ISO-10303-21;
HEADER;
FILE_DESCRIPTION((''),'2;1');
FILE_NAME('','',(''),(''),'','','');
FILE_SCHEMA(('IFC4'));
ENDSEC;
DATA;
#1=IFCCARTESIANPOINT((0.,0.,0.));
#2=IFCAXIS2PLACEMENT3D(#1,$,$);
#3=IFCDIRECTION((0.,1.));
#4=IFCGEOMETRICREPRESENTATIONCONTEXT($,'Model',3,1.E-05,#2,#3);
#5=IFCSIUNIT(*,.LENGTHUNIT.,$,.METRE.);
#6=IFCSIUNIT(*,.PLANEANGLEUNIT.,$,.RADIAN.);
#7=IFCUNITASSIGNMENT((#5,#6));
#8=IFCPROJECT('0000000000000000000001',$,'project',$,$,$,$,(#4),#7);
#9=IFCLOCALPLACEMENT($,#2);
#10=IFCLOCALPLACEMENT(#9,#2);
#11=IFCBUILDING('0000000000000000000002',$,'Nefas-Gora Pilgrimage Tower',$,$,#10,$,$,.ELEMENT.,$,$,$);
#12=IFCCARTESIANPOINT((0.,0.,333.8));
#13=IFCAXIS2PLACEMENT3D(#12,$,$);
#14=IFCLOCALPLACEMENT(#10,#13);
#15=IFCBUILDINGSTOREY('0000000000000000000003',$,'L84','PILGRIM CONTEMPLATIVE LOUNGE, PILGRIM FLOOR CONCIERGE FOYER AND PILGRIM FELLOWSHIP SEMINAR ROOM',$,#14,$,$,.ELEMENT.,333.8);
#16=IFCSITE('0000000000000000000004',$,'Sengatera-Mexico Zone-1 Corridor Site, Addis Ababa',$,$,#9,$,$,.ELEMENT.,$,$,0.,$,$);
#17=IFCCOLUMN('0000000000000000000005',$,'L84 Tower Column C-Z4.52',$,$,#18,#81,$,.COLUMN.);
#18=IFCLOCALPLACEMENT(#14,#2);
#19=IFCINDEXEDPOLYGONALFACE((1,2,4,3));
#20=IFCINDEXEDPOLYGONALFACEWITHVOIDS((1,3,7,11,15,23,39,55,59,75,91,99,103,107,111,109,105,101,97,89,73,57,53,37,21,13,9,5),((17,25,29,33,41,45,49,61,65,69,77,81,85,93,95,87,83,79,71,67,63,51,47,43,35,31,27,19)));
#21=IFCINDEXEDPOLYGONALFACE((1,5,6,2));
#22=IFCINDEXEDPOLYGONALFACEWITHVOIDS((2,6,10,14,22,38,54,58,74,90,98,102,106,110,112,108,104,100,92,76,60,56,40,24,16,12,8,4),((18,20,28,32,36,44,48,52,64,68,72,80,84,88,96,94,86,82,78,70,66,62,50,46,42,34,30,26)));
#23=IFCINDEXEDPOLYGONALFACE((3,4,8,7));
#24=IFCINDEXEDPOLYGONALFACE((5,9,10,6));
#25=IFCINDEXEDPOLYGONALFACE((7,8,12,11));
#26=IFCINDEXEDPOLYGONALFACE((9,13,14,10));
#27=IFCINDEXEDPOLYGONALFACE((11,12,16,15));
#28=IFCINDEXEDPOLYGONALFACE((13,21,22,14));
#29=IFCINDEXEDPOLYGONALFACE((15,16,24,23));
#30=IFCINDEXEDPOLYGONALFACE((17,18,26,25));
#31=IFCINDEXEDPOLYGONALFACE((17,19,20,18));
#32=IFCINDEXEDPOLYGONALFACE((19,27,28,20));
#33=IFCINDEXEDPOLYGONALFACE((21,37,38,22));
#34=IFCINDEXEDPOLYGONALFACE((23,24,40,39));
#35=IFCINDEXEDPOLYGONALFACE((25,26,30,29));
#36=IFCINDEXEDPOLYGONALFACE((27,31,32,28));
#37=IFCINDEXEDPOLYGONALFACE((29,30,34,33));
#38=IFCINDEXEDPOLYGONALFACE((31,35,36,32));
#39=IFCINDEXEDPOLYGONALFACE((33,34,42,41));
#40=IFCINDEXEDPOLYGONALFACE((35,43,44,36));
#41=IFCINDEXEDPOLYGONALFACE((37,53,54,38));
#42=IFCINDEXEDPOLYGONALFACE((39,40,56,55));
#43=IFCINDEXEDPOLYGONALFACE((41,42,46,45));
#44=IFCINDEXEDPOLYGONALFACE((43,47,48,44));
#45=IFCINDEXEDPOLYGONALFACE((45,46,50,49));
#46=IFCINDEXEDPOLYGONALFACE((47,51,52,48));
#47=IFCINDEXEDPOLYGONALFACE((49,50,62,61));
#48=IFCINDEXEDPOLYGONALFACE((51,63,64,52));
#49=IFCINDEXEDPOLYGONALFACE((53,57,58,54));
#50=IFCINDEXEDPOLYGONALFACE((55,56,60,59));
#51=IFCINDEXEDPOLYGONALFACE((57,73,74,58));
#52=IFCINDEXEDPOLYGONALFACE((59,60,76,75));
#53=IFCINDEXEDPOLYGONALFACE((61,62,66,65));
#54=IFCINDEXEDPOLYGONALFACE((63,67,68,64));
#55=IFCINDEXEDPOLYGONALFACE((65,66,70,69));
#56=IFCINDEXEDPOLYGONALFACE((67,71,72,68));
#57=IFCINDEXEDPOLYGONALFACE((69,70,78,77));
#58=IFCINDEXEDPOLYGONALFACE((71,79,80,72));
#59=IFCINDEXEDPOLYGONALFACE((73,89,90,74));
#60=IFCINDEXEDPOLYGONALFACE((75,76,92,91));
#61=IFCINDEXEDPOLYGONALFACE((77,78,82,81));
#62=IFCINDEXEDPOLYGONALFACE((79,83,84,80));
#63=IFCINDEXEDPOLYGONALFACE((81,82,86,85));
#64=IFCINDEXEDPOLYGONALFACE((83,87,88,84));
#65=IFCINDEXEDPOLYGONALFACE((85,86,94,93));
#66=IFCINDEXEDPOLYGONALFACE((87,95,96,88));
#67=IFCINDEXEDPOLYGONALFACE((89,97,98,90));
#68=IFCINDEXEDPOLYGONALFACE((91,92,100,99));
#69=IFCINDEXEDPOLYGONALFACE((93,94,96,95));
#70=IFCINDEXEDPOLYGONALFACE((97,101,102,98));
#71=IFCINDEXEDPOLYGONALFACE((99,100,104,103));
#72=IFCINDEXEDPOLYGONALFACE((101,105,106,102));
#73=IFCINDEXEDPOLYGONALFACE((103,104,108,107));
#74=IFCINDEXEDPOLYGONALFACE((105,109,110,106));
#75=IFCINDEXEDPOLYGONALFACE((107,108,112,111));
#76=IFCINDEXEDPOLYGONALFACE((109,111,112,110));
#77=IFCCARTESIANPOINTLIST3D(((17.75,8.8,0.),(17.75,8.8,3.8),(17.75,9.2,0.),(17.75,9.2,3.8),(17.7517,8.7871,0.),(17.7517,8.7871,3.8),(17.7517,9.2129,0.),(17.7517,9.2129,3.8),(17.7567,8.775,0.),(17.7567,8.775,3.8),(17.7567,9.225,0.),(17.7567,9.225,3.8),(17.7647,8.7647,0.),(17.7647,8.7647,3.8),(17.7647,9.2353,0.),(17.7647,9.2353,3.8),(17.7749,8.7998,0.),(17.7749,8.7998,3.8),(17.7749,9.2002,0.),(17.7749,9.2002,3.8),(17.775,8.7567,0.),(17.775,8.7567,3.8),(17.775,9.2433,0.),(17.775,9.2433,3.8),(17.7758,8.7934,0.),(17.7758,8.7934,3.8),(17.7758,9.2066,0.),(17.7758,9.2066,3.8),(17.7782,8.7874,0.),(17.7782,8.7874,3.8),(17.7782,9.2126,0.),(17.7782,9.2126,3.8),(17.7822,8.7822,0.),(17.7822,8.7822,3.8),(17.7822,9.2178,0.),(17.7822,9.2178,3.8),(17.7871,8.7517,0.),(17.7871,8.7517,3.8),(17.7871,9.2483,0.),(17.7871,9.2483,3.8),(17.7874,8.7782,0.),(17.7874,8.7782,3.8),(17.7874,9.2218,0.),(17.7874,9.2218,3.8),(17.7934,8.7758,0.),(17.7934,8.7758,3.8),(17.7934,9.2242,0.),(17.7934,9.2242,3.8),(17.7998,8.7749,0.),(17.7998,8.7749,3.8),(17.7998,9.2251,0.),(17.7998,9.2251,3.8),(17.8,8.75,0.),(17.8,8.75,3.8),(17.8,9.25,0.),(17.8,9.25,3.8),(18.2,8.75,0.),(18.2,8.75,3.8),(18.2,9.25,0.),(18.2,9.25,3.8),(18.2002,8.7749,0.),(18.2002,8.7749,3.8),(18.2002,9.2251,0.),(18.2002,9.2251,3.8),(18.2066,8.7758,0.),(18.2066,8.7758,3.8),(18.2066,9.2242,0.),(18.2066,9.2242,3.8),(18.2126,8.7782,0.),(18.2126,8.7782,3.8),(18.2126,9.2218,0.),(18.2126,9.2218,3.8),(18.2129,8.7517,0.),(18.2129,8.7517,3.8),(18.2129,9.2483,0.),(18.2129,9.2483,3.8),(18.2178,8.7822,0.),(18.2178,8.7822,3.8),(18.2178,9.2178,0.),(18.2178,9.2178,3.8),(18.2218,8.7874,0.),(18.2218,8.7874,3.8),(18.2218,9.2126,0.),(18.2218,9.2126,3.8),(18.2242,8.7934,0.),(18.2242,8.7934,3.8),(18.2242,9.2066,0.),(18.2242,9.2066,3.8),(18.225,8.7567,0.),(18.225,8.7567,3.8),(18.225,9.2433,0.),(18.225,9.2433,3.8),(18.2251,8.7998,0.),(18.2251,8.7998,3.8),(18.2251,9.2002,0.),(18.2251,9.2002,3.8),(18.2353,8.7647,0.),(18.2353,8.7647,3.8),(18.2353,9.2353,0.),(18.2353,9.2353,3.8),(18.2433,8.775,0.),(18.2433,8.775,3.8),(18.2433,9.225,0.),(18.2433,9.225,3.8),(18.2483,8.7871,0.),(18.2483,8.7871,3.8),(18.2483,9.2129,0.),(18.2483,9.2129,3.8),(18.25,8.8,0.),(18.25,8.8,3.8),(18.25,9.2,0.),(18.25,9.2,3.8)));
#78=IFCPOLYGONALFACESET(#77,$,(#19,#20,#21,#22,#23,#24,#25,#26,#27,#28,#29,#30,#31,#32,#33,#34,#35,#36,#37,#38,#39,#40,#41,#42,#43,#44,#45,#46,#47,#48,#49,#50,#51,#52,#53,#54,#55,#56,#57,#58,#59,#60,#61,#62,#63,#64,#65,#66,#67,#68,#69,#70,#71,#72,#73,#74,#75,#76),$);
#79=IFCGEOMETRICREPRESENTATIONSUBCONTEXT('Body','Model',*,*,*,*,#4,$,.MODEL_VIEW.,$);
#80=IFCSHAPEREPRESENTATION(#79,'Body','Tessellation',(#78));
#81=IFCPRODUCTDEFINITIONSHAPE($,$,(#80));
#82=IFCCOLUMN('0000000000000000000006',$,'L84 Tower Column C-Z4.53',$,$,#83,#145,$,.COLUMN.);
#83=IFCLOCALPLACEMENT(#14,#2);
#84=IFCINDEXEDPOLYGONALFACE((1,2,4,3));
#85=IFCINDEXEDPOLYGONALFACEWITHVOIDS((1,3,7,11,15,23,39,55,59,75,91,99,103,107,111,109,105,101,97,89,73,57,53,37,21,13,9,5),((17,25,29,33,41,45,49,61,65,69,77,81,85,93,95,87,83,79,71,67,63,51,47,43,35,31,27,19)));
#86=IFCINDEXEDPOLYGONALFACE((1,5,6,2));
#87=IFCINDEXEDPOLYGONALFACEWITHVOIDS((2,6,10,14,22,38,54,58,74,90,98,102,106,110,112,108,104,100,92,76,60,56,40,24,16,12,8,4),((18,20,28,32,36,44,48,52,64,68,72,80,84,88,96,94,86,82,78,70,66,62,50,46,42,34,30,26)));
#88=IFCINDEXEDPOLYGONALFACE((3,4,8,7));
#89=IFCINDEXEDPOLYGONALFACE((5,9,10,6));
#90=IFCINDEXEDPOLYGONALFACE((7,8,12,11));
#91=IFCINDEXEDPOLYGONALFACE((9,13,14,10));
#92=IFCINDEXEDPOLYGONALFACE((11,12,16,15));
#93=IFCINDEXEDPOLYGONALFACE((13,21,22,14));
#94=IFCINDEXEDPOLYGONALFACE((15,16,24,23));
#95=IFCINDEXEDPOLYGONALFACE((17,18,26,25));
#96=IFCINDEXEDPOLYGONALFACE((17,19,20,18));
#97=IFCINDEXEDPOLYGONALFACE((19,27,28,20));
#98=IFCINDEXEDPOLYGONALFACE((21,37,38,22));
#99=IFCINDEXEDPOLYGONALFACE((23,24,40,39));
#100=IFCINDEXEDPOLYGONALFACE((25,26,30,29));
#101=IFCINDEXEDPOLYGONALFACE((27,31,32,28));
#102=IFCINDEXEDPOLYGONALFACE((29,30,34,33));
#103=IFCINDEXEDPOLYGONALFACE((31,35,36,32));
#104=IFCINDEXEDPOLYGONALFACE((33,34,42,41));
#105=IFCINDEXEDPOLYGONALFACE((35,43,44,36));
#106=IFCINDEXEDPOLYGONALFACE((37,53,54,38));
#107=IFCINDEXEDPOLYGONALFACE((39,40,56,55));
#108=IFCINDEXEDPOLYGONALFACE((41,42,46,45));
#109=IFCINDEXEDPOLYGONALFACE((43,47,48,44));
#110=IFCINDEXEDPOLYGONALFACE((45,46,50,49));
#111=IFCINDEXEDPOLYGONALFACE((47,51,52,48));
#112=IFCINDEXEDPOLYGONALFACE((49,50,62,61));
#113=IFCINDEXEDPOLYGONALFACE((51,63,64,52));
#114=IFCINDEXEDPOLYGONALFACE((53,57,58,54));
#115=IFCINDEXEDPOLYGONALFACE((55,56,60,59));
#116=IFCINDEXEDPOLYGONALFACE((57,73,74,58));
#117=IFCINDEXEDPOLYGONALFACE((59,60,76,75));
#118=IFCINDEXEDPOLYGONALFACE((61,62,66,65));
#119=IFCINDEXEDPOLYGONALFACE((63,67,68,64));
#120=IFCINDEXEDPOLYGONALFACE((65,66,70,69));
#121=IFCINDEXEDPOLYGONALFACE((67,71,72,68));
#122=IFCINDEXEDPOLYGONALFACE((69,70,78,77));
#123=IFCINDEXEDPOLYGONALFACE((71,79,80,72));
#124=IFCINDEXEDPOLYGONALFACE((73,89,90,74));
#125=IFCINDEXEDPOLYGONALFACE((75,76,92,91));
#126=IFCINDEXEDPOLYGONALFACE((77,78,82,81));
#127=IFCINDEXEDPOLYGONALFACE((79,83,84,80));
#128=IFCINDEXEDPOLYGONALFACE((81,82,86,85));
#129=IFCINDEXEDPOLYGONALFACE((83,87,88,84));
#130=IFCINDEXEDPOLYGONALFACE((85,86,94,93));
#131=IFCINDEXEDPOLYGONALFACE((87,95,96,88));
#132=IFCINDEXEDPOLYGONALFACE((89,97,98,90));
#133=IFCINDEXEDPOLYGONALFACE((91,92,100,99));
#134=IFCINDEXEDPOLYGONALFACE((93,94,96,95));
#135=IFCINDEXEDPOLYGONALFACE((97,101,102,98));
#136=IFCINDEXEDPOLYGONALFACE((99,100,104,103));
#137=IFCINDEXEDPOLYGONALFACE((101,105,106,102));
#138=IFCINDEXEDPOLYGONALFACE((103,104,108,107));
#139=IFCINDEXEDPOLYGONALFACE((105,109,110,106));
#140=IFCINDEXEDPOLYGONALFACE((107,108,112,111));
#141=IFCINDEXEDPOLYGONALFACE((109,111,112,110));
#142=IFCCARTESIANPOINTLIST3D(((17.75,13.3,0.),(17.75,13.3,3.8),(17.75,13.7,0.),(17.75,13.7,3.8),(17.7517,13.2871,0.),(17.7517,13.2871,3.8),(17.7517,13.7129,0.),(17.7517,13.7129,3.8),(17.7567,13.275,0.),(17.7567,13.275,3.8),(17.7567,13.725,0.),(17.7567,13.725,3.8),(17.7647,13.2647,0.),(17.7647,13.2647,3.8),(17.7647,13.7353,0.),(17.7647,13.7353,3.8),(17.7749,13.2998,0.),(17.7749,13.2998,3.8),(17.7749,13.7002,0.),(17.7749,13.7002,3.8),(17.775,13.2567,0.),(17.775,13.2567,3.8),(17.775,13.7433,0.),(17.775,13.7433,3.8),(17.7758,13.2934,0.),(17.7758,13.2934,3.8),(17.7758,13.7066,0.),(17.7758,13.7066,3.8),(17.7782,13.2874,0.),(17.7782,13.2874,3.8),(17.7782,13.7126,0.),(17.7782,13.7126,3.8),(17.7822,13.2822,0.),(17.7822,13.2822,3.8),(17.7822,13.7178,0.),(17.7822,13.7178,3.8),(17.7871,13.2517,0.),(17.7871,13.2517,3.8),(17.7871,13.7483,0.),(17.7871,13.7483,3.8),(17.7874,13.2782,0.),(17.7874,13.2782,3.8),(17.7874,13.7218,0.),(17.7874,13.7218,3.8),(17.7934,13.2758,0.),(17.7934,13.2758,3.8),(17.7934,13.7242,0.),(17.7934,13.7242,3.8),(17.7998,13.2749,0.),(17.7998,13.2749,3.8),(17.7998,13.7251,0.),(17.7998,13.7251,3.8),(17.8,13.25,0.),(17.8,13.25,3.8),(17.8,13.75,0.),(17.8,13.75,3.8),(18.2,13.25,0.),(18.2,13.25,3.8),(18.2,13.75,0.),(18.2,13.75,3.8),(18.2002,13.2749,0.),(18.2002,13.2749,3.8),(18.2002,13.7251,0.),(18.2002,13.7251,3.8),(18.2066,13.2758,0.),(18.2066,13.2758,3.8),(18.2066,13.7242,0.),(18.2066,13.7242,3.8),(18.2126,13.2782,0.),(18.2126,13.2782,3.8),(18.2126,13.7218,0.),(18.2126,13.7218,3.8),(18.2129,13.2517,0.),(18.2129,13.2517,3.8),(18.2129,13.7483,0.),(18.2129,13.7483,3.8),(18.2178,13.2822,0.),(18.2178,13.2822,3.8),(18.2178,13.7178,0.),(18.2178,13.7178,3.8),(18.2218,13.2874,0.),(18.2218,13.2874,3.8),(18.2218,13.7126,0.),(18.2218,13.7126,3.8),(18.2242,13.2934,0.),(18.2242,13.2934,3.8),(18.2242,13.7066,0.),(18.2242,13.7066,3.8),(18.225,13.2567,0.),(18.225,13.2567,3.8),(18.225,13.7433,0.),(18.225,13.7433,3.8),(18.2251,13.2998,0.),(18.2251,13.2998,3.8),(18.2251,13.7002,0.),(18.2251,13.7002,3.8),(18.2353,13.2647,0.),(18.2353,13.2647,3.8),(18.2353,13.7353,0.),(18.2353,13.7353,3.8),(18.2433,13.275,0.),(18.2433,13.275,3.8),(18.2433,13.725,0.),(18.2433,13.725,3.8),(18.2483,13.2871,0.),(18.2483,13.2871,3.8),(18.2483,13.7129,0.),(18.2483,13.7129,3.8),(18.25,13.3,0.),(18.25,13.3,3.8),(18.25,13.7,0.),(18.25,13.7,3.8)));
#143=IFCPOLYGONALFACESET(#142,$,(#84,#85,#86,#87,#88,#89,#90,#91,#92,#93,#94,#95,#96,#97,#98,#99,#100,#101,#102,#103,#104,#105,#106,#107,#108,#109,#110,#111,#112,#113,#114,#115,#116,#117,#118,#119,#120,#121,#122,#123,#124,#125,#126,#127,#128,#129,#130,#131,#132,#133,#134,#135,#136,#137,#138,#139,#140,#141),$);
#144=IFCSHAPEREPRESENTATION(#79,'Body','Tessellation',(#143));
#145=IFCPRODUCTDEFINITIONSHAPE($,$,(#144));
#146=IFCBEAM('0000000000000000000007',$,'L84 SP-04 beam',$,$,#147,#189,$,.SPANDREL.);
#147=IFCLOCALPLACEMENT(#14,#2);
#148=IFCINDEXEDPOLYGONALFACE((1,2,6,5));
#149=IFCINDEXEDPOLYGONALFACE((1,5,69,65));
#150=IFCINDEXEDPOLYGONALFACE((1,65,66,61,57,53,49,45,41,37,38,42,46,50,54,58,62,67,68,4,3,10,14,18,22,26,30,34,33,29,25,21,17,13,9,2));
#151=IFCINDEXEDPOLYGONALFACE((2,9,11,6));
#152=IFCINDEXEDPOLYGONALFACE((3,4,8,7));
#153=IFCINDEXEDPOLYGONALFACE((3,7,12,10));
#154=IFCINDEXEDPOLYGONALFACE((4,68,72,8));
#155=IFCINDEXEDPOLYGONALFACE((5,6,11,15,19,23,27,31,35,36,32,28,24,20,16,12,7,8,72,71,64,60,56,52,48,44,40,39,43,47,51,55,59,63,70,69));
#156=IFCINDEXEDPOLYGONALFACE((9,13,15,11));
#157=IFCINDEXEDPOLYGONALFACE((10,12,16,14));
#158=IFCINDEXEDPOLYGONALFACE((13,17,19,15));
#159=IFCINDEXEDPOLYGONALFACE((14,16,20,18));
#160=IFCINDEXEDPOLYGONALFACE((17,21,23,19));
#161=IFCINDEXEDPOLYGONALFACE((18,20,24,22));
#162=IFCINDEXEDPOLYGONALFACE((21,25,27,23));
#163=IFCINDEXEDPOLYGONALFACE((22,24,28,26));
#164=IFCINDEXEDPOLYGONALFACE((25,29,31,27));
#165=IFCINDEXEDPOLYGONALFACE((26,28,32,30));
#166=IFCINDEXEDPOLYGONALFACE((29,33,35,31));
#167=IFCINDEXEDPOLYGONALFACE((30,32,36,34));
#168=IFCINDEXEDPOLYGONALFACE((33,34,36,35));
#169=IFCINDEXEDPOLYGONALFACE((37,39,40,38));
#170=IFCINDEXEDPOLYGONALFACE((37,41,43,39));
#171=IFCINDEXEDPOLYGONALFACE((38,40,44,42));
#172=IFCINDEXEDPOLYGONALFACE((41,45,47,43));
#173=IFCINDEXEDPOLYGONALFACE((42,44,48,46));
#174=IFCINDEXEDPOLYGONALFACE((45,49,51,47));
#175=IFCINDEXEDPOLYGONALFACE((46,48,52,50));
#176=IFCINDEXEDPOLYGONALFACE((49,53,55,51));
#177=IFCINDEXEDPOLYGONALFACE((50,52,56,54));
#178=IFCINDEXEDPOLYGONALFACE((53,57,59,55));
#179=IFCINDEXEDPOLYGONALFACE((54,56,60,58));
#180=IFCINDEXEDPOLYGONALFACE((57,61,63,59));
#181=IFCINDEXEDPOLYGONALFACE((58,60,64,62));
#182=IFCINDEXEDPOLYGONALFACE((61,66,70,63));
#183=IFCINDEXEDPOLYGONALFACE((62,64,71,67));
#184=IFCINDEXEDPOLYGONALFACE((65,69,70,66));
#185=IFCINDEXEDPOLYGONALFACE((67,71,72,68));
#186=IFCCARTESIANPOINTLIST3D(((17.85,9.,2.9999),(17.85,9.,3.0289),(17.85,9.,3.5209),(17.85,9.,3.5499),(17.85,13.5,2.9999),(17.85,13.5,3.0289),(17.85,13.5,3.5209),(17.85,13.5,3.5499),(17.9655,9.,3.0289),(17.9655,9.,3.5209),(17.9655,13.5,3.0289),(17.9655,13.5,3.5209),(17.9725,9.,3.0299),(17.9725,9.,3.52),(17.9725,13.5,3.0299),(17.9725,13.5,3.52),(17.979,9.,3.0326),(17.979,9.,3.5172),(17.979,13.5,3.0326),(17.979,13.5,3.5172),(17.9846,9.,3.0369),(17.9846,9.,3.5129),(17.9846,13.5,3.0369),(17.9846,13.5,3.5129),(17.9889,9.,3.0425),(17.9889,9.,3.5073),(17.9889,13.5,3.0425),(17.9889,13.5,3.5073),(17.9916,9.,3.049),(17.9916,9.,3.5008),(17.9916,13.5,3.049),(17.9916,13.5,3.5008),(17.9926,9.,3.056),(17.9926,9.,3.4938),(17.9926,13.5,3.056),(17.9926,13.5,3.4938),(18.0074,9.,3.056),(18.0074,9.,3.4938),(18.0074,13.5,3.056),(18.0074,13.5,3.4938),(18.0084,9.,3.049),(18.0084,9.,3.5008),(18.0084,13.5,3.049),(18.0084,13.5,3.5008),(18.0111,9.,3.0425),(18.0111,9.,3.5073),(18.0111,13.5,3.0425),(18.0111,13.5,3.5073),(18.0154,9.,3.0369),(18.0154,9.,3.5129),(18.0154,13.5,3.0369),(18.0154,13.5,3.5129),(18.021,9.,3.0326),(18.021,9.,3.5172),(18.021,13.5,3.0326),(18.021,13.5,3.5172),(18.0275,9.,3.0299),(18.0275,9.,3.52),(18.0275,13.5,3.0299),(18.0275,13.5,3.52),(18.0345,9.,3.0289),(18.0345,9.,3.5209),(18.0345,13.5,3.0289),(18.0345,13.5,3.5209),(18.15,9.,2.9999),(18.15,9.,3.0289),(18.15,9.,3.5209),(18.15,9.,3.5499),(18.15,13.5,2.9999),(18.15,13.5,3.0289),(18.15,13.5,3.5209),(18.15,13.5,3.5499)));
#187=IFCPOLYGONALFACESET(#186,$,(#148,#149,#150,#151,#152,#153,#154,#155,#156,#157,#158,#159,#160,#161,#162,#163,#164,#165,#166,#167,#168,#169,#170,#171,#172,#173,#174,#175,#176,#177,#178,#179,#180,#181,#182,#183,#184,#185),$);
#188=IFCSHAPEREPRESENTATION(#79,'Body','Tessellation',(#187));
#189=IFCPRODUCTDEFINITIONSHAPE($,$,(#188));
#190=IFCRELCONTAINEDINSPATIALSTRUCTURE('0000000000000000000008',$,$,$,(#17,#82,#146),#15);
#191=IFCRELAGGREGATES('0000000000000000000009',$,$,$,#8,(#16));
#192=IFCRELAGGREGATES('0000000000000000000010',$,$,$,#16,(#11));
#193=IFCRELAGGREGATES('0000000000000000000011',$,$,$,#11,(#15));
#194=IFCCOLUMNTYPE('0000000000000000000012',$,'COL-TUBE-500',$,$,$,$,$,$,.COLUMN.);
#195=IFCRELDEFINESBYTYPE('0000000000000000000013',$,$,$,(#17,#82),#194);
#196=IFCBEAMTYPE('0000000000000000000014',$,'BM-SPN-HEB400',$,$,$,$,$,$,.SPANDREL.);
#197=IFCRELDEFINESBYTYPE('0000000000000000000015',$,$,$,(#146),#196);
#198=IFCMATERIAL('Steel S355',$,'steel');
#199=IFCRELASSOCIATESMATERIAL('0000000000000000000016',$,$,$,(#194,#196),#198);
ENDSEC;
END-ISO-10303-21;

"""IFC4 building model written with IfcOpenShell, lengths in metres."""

from ifc_helpers import new_model, si_unit, direction, frame, origin, origin_2d, place, context, subcontext, project, spatial, hollow_rectangle, i_section, extrude, source, transform, mapped, material, material_profile, profile_set, type_object, element, save


model = new_model("IFC4")

# Units and contexts
model_context = context("Model", 3, precision=1e-05, world=origin(), true_north=direction((0.0, 1.0)))
body_context = subcontext(model_context, "Body", "Model", "MODEL_VIEW")
ifc_project = project(units=[si_unit("LENGTHUNIT", "METRE"), si_unit("PLANEANGLEUNIT", "RADIAN")], contexts=[model_context])

# Site, building, storey
site_placement = place(None, origin())
site = spatial("IfcSite", under=ifc_project, at=site_placement, Name="Sengatera-Mexico Zone-1 Corridor Site, Addis Ababa", CompositionType="ELEMENT", RefElevation=0.0)
building_placement = place(site_placement, origin())
building = spatial("IfcBuilding", under=site, at=building_placement, Name="Nefas-Gora Pilgrimage Tower", CompositionType="ELEMENT")
storey_placement = place(building_placement, frame((0.0, 0.0, 333.8)))
storey = spatial("IfcBuildingStorey", under=building, at=storey_placement, Name="L84", Description="PILGRIM CONTEMPLATIVE LOUNGE, PILGRIM FLOOR CONCIERGE FOYER AND PILGRIM FELLOWSHIP SEMINAR ROOM", CompositionType="ELEMENT", Elevation=333.8)

# Columns
ifc_material_1 = material(Name="Steel S355", Category="steel")
ifc_material_profile_1 = material_profile(ifc_material_1, hollow_rectangle(XDim=0.5, YDim=0.5, WallThickness=0.0249, InnerFilletRadius=0.0249, OuterFilletRadius=0.05, at=origin_2d()), Name="SHS 500x500x25")
ifc_profile_set_1 = profile_set([ifc_material_profile_1], Name="Steel S355")
column_type_1 = type_object("IfcColumnType", Name="COL-TUBE-500", PredefinedType="COLUMN", material=ifc_profile_set_1)
shared_shape_1 = source(origin(), body_context, "Body", "SweptSolid", [
    extrude(hollow_rectangle(XDim=0.5, YDim=0.5, WallThickness=0.0249, InnerFilletRadius=0.0249, OuterFilletRadius=0.05, at=origin_2d()), origin(), (0.0, 0.0, 1.0), 3.8),
])
for number, where, z_axis, x_axis, name in (
    (1, (18.0, 9.0, 0.0), (0.0, 0.0, 1.0), (1.0, 0.0, 0.0), "L84 Tower Column C-Z4.52"),
    (2, (18.0, 13.5, 0.0), (0.0, 0.0, 1.0), (1.0, 0.0, 0.0), "L84 Tower Column C-Z4.53"),
):
    element("IfcColumn", number, at=place(storey_placement, frame(where, z_axis=z_axis, x_axis=x_axis)), inside=storey, type_object=column_type_1, Name=name, PredefinedType="COLUMN", context=body_context, shape_type="MappedRepresentation", body=[
        mapped(shared_shape_1, transform((0.0, 0.0, 0.0), x_axis=(1.0, 0.0, 0.0), y_axis=(0.0, 1.0, 0.0), z_axis=(0.0, 0.0, 1.0), scale=1.0)),
    ])

# Beam
ifc_material_profile_2 = material_profile(ifc_material_1, i_section(OverallWidth=0.3, OverallDepth=0.55, WebThickness=0.0149, FlangeThickness=0.0291, FilletRadius=0.0271, at=origin_2d()), Name="HEB 550")
ifc_profile_set_2 = profile_set([ifc_material_profile_2], Name="Steel S355")
beam_type_1 = type_object("IfcBeamType", Name="BM-SPN-HEB400", PredefinedType="SPANDREL", material=ifc_profile_set_2)
shared_shape_2 = source(origin(), body_context, "Body", "SweptSolid", [
    extrude(i_section(OverallWidth=0.3, OverallDepth=0.55, WebThickness=0.0149, FlangeThickness=0.0291, FilletRadius=0.0271, at=origin_2d()), origin(), (0.0, 0.0, 1.0), 4.5),
])
beam_1_placement = place(storey_placement, frame((18.0, 9.0, 3.2749), z_axis=(0.0, 1.0, 0.0), x_axis=(-1.0, 0.0, 0.0)))
element("IfcBeam", 3, at=beam_1_placement, inside=storey, type_object=beam_type_1, Name="L84 SP-04 beam", PredefinedType="SPANDREL", context=body_context, shape_type="MappedRepresentation", body=[
    mapped(shared_shape_2, transform((0.0, 0.0, 0.0), x_axis=(1.0, 0.0, 0.0), y_axis=(0.0, 1.0, 0.0), z_axis=(0.0, 0.0, 1.0), scale=1.0)),
])

save(model, "model.ifc")
